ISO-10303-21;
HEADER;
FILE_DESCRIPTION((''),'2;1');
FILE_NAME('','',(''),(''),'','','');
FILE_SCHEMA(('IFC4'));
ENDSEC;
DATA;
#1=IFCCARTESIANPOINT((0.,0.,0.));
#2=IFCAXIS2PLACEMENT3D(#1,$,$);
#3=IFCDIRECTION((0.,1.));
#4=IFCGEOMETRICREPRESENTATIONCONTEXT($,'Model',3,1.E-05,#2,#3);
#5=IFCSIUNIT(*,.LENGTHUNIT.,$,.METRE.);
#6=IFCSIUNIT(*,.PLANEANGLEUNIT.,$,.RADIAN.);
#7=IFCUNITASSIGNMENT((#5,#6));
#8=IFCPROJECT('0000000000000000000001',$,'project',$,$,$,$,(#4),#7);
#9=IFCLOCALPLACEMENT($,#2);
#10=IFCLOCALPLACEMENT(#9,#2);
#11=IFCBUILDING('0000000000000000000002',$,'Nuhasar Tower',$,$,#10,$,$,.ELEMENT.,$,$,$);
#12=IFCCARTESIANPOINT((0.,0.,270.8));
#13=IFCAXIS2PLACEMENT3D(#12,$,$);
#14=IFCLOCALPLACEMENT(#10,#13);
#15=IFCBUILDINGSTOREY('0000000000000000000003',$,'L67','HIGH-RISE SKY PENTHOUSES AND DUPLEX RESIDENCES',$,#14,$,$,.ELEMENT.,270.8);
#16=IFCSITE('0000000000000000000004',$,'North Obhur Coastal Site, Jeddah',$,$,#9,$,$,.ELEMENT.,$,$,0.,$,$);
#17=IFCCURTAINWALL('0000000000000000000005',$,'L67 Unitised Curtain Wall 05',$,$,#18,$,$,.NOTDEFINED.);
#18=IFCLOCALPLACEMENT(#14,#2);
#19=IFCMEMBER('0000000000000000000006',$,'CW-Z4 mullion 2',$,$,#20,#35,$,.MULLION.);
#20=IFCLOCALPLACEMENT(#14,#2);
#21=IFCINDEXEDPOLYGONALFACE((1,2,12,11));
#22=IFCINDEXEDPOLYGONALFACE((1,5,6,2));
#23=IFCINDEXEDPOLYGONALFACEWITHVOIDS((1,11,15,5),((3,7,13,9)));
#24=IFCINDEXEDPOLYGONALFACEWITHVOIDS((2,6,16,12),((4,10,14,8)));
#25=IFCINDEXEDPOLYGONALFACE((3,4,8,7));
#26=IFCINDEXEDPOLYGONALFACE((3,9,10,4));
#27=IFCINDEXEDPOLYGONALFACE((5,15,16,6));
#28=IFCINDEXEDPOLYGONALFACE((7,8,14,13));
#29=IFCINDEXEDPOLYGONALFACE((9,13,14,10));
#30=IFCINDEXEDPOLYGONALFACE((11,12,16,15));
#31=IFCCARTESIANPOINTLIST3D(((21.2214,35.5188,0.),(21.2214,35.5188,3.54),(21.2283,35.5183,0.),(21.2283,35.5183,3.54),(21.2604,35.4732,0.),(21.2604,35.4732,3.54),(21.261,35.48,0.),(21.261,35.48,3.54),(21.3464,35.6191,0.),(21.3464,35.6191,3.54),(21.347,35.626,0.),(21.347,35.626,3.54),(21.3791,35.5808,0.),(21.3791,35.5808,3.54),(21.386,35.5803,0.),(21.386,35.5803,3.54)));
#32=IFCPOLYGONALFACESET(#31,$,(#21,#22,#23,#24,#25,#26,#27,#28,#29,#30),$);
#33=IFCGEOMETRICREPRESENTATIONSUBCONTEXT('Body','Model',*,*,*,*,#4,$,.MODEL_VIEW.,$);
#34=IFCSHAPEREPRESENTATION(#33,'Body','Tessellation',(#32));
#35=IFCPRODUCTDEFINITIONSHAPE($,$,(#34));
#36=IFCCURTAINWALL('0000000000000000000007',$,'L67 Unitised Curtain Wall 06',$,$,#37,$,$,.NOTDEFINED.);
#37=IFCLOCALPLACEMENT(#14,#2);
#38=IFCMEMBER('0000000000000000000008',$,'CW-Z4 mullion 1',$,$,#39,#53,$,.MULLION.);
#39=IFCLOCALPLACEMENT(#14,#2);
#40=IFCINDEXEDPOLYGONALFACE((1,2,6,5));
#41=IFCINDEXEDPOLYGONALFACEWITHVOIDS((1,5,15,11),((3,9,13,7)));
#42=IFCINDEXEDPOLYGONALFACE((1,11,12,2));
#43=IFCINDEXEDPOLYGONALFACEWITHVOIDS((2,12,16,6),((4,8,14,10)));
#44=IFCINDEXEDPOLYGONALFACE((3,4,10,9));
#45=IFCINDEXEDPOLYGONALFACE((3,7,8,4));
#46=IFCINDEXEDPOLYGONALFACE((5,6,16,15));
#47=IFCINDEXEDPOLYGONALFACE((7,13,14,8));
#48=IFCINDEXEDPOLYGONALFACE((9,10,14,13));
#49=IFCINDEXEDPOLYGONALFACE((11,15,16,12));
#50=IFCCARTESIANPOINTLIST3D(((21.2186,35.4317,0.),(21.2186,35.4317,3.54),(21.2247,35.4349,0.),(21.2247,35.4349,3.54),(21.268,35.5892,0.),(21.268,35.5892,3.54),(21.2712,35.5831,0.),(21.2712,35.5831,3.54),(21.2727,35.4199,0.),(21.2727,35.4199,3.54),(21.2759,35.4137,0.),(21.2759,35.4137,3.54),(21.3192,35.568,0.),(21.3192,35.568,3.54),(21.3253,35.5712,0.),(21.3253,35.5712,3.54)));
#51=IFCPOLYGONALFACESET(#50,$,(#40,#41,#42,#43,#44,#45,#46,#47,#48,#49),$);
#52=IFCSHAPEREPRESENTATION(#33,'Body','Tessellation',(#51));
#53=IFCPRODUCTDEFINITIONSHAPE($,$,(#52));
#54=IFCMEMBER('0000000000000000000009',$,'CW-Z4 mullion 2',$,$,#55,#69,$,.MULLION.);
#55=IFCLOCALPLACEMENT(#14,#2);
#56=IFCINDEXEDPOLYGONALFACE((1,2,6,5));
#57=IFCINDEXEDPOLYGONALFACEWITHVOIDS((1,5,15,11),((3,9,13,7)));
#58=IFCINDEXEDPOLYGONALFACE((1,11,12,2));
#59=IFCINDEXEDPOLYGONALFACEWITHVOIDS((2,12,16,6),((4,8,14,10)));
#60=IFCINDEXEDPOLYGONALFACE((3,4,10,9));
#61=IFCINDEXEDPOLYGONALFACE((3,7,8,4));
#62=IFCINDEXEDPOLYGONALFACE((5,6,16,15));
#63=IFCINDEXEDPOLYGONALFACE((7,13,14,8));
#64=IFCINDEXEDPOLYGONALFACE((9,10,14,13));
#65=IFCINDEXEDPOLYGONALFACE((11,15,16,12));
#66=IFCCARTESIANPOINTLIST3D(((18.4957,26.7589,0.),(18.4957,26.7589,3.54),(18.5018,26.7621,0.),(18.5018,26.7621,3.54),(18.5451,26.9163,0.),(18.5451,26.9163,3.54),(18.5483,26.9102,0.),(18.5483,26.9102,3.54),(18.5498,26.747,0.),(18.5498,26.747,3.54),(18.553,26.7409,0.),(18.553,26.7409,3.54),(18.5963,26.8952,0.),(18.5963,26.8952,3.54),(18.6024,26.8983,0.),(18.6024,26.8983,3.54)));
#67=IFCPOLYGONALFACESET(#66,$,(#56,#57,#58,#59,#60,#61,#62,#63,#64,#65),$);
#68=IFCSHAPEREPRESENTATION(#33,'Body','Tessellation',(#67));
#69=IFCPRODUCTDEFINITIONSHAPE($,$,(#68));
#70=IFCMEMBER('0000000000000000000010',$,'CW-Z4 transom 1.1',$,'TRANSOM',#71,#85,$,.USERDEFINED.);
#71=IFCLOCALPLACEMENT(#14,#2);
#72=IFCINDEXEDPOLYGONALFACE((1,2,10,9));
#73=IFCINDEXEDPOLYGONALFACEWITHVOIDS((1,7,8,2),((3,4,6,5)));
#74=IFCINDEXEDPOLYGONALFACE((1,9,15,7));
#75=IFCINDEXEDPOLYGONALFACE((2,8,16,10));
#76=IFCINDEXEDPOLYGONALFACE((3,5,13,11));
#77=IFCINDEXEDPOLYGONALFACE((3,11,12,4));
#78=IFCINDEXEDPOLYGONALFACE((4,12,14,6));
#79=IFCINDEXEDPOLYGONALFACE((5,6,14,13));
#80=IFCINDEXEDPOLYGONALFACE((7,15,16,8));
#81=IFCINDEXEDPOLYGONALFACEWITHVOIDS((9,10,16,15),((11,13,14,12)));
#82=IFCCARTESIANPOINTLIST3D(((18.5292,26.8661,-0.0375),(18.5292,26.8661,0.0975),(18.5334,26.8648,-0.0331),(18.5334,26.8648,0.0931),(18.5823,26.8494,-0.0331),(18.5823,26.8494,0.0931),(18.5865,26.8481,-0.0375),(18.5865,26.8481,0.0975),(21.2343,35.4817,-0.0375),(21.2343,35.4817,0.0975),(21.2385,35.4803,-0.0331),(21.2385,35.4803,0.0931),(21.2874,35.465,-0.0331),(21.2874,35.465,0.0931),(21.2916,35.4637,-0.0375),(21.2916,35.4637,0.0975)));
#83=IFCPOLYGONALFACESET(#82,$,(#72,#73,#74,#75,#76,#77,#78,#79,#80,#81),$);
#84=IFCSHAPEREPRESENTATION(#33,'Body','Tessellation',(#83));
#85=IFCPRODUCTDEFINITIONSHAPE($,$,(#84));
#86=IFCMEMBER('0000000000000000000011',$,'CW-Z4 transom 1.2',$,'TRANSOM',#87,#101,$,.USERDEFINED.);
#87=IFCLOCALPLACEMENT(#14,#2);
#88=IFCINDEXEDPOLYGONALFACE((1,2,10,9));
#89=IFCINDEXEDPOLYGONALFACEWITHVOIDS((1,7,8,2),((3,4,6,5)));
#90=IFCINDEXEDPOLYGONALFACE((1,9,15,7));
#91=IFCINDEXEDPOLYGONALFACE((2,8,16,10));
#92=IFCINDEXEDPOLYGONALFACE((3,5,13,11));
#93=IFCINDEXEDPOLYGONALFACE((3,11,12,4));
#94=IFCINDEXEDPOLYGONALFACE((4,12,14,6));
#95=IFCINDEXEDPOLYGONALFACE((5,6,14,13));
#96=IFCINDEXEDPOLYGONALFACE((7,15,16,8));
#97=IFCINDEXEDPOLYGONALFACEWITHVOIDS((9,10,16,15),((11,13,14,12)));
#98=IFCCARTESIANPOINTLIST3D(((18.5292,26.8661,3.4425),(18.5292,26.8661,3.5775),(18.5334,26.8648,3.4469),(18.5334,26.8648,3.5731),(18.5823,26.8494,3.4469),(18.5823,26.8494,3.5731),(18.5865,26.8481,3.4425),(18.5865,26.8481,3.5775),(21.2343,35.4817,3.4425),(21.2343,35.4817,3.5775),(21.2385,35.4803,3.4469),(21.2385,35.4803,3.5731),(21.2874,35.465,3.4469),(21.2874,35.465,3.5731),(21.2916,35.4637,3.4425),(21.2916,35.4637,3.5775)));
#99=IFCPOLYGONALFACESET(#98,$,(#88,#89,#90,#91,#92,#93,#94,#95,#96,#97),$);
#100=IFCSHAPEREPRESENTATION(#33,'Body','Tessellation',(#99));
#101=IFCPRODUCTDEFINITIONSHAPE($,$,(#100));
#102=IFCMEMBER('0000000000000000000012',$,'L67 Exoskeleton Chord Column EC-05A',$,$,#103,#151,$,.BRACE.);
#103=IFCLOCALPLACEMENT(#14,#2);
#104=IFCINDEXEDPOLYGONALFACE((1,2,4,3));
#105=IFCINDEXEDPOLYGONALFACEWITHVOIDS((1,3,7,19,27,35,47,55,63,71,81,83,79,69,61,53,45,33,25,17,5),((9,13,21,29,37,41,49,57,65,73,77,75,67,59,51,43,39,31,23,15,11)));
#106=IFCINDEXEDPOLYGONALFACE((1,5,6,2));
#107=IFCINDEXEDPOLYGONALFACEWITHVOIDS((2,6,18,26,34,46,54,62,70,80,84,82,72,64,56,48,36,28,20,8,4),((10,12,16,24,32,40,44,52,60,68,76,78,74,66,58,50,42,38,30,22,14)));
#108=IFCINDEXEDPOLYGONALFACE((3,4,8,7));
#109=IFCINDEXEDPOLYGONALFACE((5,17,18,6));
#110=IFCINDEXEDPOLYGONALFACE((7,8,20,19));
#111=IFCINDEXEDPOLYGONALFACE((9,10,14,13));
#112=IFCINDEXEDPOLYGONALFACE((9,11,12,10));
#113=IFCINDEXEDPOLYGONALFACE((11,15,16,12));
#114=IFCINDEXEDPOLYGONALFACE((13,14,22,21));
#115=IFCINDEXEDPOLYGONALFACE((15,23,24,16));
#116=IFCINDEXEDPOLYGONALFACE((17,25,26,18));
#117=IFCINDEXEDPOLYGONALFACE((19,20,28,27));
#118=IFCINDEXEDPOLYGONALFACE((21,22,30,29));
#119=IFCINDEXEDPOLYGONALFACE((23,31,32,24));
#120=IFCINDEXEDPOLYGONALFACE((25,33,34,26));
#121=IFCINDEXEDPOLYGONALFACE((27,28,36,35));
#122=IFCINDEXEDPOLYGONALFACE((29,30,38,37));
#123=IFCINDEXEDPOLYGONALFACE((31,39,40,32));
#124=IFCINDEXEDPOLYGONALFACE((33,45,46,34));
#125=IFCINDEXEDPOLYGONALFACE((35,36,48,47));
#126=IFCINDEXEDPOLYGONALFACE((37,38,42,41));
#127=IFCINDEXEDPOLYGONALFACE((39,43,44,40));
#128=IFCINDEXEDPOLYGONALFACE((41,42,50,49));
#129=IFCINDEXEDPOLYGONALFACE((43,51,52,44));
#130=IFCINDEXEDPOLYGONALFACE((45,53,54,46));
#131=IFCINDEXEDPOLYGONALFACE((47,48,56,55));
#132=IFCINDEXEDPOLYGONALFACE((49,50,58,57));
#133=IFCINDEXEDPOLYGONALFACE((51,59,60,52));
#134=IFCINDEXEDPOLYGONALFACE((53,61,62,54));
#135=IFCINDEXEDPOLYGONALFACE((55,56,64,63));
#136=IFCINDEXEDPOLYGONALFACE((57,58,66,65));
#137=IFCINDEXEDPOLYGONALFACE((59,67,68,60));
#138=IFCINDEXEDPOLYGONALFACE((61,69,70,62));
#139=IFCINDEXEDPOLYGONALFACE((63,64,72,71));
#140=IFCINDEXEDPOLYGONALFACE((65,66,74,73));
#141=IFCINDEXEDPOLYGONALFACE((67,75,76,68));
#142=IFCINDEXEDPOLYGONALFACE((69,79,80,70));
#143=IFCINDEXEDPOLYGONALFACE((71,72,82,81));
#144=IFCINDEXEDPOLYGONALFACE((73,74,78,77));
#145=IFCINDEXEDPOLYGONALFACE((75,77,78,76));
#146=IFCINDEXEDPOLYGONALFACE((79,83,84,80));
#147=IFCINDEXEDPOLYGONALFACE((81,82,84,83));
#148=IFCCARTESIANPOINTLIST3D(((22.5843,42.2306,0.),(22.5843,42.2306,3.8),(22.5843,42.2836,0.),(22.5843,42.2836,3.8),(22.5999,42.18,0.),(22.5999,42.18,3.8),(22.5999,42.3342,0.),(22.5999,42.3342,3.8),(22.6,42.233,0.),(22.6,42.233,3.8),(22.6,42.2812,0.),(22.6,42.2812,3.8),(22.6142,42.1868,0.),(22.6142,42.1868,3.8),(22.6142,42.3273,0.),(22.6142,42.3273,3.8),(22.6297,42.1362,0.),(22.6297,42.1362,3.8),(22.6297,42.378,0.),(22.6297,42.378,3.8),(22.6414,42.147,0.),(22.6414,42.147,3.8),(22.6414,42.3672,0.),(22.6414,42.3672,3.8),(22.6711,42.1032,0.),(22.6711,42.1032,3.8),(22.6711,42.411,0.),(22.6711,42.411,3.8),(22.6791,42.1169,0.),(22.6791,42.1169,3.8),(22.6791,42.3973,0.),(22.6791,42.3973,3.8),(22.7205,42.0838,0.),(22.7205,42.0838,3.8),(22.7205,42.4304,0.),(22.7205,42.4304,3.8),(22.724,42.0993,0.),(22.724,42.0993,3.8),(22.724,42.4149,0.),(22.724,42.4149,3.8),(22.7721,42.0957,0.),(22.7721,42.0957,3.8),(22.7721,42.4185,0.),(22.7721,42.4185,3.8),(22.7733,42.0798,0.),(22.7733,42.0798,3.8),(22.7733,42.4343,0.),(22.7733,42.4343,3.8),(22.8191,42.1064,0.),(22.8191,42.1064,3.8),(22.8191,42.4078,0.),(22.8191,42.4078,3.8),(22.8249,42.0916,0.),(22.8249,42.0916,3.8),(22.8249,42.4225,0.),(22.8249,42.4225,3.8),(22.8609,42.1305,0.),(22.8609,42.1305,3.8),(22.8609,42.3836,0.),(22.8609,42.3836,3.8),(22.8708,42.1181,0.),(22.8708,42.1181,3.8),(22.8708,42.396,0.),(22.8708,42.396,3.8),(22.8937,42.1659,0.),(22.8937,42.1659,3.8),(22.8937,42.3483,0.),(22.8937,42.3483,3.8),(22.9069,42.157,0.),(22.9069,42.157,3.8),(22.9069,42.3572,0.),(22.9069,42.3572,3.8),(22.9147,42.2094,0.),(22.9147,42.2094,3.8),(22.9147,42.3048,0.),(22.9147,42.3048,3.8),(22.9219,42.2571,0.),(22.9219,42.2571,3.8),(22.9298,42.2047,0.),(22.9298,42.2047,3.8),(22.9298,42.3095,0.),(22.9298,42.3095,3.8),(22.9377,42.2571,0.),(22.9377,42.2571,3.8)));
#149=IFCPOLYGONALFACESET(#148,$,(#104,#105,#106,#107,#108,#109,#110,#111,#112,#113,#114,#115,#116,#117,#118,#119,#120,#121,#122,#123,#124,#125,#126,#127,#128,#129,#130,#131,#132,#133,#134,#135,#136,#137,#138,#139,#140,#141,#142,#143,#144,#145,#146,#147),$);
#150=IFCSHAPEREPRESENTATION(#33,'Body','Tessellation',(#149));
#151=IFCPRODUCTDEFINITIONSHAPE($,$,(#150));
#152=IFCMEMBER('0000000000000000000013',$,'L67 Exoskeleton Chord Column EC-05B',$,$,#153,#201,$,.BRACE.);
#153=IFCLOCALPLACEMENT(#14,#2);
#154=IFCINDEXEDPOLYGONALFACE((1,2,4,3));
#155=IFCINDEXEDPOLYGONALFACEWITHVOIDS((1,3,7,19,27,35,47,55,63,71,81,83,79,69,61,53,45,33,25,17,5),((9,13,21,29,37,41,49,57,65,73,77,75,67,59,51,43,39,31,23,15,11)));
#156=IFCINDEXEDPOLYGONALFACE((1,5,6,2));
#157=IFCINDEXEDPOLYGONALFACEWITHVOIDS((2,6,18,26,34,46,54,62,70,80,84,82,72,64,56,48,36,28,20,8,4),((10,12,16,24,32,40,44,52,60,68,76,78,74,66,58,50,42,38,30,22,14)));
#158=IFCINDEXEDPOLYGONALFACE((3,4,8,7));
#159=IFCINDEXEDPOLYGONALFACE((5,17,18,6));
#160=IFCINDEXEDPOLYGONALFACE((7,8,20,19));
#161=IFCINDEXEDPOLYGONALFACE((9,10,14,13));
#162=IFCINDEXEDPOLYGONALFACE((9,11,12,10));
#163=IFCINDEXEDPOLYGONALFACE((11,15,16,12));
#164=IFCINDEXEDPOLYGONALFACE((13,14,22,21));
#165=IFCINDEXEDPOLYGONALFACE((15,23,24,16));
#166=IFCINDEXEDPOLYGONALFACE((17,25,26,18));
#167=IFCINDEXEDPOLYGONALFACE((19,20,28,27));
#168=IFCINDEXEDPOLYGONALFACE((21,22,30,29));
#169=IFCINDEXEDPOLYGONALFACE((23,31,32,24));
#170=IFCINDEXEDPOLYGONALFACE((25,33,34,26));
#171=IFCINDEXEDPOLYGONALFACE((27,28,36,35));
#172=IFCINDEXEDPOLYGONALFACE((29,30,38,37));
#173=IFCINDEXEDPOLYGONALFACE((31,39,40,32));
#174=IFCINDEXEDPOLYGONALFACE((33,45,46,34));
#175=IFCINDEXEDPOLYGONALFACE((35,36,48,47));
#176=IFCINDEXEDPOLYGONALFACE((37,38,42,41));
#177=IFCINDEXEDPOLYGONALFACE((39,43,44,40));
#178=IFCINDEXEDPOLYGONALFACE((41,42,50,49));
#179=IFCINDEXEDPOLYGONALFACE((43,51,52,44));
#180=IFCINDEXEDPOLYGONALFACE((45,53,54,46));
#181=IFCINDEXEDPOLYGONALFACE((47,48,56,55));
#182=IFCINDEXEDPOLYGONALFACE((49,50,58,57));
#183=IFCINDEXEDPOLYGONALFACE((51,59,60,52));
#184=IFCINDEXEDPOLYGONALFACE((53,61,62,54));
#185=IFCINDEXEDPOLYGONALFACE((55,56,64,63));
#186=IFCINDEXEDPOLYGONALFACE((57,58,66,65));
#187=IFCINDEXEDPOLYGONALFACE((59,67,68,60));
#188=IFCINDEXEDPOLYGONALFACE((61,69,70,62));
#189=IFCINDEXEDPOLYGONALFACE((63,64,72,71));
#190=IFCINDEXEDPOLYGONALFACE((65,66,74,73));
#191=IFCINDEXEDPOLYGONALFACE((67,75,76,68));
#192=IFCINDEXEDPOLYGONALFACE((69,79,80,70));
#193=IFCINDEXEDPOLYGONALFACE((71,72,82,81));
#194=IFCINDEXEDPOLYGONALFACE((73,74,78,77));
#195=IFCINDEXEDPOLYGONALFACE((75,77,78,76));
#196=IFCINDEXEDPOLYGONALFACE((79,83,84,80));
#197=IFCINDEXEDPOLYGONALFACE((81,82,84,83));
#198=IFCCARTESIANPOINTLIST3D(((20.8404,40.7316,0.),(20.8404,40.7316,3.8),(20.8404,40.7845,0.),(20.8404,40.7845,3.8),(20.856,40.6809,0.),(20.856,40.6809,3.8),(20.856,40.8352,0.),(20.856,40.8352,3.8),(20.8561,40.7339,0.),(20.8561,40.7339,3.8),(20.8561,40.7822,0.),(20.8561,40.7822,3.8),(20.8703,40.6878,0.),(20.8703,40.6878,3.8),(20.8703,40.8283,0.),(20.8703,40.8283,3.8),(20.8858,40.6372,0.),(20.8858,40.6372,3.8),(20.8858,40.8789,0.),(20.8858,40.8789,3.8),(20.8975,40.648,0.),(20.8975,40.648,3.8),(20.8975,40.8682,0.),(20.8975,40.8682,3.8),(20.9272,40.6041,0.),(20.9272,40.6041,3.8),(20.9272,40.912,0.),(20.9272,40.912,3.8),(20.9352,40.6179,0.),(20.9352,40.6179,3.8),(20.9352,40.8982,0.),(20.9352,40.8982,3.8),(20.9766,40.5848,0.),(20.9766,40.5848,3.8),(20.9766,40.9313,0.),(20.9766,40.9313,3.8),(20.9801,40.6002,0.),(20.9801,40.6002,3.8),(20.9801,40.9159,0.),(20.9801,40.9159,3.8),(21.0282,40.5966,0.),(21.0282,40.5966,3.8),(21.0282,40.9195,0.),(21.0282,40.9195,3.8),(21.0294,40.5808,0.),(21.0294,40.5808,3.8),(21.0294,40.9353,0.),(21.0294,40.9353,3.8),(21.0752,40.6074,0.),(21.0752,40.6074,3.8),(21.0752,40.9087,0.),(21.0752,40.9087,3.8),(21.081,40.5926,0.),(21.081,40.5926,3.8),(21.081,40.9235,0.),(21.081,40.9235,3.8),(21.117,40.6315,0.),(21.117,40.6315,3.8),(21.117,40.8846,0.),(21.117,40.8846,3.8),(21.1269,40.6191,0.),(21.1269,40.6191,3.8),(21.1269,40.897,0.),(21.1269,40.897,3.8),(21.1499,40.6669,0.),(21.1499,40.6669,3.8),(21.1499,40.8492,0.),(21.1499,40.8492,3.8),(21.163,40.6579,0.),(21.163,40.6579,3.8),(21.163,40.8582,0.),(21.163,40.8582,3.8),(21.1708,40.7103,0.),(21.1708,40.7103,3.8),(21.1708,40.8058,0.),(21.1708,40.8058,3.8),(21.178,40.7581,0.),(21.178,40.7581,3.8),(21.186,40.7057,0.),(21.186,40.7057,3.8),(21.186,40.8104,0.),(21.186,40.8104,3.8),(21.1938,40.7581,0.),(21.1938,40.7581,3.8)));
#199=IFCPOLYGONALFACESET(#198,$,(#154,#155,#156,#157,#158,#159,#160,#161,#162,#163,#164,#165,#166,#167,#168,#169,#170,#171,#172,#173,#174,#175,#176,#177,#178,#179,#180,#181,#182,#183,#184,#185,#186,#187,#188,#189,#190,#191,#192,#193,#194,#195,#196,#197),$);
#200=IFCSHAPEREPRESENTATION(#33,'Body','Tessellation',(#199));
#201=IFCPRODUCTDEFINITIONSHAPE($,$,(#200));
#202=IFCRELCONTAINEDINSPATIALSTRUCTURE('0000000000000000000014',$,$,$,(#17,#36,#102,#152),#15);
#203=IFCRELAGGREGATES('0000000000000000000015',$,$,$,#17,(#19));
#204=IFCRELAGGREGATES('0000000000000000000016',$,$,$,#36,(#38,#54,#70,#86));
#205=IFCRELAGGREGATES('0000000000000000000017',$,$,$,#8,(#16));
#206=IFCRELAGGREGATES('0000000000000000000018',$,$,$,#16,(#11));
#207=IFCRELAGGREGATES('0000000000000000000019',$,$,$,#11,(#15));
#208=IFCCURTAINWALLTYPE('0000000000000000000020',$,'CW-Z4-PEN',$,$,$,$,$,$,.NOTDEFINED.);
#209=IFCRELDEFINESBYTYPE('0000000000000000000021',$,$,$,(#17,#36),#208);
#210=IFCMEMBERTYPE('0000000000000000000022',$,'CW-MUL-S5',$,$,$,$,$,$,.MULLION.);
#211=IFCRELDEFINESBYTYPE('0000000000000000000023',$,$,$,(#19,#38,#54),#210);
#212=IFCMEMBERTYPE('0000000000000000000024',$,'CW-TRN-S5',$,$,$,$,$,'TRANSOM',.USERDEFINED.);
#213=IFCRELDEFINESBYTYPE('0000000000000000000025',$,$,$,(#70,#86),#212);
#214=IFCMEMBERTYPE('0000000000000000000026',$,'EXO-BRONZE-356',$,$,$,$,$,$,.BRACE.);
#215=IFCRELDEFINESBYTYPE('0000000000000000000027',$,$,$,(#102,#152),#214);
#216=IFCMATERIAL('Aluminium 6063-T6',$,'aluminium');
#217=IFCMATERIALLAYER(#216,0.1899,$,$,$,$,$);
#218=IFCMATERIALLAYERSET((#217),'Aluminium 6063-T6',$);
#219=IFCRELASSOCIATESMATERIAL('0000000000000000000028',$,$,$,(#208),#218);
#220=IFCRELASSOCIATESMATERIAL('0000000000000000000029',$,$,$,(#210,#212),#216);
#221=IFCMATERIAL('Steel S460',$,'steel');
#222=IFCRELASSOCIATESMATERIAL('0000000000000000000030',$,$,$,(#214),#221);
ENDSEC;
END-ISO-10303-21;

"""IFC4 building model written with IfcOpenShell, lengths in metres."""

from ifc_helpers import new_model, si_unit, direction, frame, origin, origin_2d, place, context, subcontext, project, spatial, hollow_rectangle, hollow_circle, extrude, material, layer, layer_set, material_profile, profile_set, type_object, element, aggregate, save


model = new_model("IFC4")

# Units and contexts
model_context = context("Model", 3, precision=1e-05, world=origin(), true_north=direction((0.0, 1.0)))
body_context = subcontext(model_context, "Body", "Model", "MODEL_VIEW")
ifc_project = project(units=[si_unit("LENGTHUNIT", "METRE"), si_unit("PLANEANGLEUNIT", "RADIAN")], contexts=[model_context])

# Site, building, storey
site_placement = place(None, origin())
site = spatial("IfcSite", under=ifc_project, at=site_placement, Name="North Obhur Coastal Site, Jeddah", CompositionType="ELEMENT", RefElevation=0.0)
building_placement = place(site_placement, origin())
building = spatial("IfcBuilding", under=site, at=building_placement, Name="Nuhasar Tower", CompositionType="ELEMENT")
storey_placement = place(building_placement, frame((0.0, 0.0, 270.8)))
storey = spatial("IfcBuildingStorey", under=building, at=storey_placement, Name="L67", Description="HIGH-RISE SKY PENTHOUSES AND DUPLEX RESIDENCES", CompositionType="ELEMENT", Elevation=270.8)

# Curtain wall, member
ifc_material_1 = material(Name="Aluminium 6063-T6", Category="aluminium")
ifc_layer_1 = layer(ifc_material_1, 0.1899)
ifc_layer_set_1 = layer_set([ifc_layer_1], Name="Aluminium 6063-T6")
curtain_wall_type = type_object("IfcCurtainWallType", Name="CW-Z4-PEN", PredefinedType="NOTDEFINED", material=ifc_layer_set_1)
curtain_wall_1_placement = place(storey_placement, origin())
curtain_wall_1 = element("IfcCurtainWall", 1, at=curtain_wall_1_placement, inside=storey, type_object=curtain_wall_type, Name="L67 Unitised Curtain Wall 05", PredefinedType="NOTDEFINED")
ifc_material_profile_1 = material_profile(ifc_material_1, hollow_rectangle(XDim=0.0601, YDim=0.165, WallThickness=0.0049, at=origin_2d()), Name="CWM-5")
ifc_profile_set_1 = profile_set([ifc_material_profile_1], Name="Aluminium 6063-T6")
member_type_1 = type_object("IfcMemberType", Name="CW-MUL-S5", PredefinedType="MULLION", material=ifc_profile_set_1)
member_1_placement = place(storey_placement, frame((21.3037, 35.5496, 0.0), z_axis=(0.0, 0.0, 1.0), x_axis=(0.649142, -0.760667, 0.0)))
member_1 = element("IfcMember", 2, at=member_1_placement, type_object=member_type_1, Name="CW-Z4 mullion 2", PredefinedType="MULLION", context=body_context, shape_type="SweptSolid", body=[
    extrude(hollow_rectangle(XDim=0.0601, YDim=0.165, WallThickness=0.0049, at=origin_2d()), origin(), (0.0, 0.0, 1.0), 3.54),
])

# Curtain wall, members
curtain_wall_2_placement = place(storey_placement, origin())
curtain_wall_2 = element("IfcCurtainWall", 3, at=curtain_wall_2_placement, inside=storey, type_object=curtain_wall_type, Name="L67 Unitised Curtain Wall 06", PredefinedType="NOTDEFINED")
member_2_placement = place(storey_placement, frame((21.272, 35.5015, 0.0), z_axis=(0.0, 0.0, 1.0), x_axis=(0.954079, -0.299557, 0.0)))
member_2 = element("IfcMember", 4, at=member_2_placement, type_object=member_type_1, Name="CW-Z4 mullion 1", PredefinedType="MULLION", context=body_context, shape_type="SweptSolid", body=[
    extrude(hollow_rectangle(XDim=0.0601, YDim=0.165, WallThickness=0.0049, at=origin_2d()), origin(), (0.0, 0.0, 1.0), 3.54),
])
member_3_placement = place(storey_placement, frame((18.5491, 26.8286, 0.0), z_axis=(0.0, 0.0, 1.0), x_axis=(0.954079, -0.299557, 0.0)))
member_3 = element("IfcMember", 5, at=member_3_placement, type_object=member_type_1, Name="CW-Z4 mullion 2", PredefinedType="MULLION", context=body_context, shape_type="SweptSolid", body=[
    extrude(hollow_rectangle(XDim=0.0601, YDim=0.165, WallThickness=0.0049, at=origin_2d()), origin(), (0.0, 0.0, 1.0), 3.54),
])
ifc_material_profile_2 = material_profile(ifc_material_1, hollow_rectangle(XDim=0.0601, YDim=0.135, WallThickness=0.0044, at=origin_2d()), Name="CWT-5")
ifc_profile_set_2 = profile_set([ifc_material_profile_2], Name="Aluminium 6063-T6")
member_type_2 = type_object("IfcMemberType", Name="CW-TRN-S5", ElementType="TRANSOM", PredefinedType="USERDEFINED", material=ifc_profile_set_2)
member_4_placement = place(storey_placement, frame((21.2629, 35.4727, 0.03), z_axis=(-0.29956, -0.954077, 0.0), x_axis=(0.954077, -0.29956, 0.0)))
member_4 = element("IfcMember", 6, at=member_4_placement, type_object=member_type_2, Name="CW-Z4 transom 1.1", ObjectType="TRANSOM", PredefinedType="USERDEFINED", context=body_context, shape_type="SweptSolid", body=[
    extrude(hollow_rectangle(XDim=0.0601, YDim=0.135, WallThickness=0.0044, at=origin_2d()), origin(), (0.0, 0.0, 1.0), 9.0303),
])
member_5_placement = place(storey_placement, frame((21.2629, 35.4727, 3.51), z_axis=(-0.29956, -0.954077, 0.0), x_axis=(0.954077, -0.29956, 0.0)))
member_5 = element("IfcMember", 7, at=member_5_placement, type_object=member_type_2, Name="CW-Z4 transom 1.2", ObjectType="TRANSOM", PredefinedType="USERDEFINED", context=body_context, shape_type="SweptSolid", body=[
    extrude(hollow_rectangle(XDim=0.0601, YDim=0.135, WallThickness=0.0044, at=origin_2d()), origin(), (0.0, 0.0, 1.0), 9.0303),
])

# Members
ifc_material_2 = material(Name="Steel S460", Category="steel")
ifc_material_profile_3 = material_profile(ifc_material_2, hollow_circle(Radius=0.1777, WallThickness=0.0159, at=origin_2d()), Name="HSS355.6X15.9")
ifc_profile_set_3 = profile_set([ifc_material_profile_3], Name="Steel S460")
member_type_3 = type_object("IfcMemberType", Name="EXO-BRONZE-356", PredefinedType="BRACE", material=ifc_profile_set_3)
for number, where, z_axis, x_axis, name in (
    (8, (22.76, 42.2571, 0.0), (0.0, 0.0, 1.0), (1.0, 0.0, 0.0), "L67 Exoskeleton Chord Column EC-05A"),
    (9, (21.0161, 40.7581, 0.0), (0.0, 0.0, 1.0), (1.0, 0.0, 0.0), "L67 Exoskeleton Chord Column EC-05B"),
):
    element("IfcMember", number, at=place(storey_placement, frame(where, z_axis=z_axis, x_axis=x_axis)), inside=storey, type_object=member_type_3, Name=name, PredefinedType="BRACE", context=body_context, shape_type="SweptSolid", body=[
        extrude(hollow_circle(Radius=0.1777, WallThickness=0.0159, at=origin_2d()), origin(), (0.0, 0.0, 1.0), 3.8),
    ])

aggregate(curtain_wall_1, [member_1])
aggregate(curtain_wall_2, [member_2, member_3, member_4, member_5])

save(model, "model.ifc")
